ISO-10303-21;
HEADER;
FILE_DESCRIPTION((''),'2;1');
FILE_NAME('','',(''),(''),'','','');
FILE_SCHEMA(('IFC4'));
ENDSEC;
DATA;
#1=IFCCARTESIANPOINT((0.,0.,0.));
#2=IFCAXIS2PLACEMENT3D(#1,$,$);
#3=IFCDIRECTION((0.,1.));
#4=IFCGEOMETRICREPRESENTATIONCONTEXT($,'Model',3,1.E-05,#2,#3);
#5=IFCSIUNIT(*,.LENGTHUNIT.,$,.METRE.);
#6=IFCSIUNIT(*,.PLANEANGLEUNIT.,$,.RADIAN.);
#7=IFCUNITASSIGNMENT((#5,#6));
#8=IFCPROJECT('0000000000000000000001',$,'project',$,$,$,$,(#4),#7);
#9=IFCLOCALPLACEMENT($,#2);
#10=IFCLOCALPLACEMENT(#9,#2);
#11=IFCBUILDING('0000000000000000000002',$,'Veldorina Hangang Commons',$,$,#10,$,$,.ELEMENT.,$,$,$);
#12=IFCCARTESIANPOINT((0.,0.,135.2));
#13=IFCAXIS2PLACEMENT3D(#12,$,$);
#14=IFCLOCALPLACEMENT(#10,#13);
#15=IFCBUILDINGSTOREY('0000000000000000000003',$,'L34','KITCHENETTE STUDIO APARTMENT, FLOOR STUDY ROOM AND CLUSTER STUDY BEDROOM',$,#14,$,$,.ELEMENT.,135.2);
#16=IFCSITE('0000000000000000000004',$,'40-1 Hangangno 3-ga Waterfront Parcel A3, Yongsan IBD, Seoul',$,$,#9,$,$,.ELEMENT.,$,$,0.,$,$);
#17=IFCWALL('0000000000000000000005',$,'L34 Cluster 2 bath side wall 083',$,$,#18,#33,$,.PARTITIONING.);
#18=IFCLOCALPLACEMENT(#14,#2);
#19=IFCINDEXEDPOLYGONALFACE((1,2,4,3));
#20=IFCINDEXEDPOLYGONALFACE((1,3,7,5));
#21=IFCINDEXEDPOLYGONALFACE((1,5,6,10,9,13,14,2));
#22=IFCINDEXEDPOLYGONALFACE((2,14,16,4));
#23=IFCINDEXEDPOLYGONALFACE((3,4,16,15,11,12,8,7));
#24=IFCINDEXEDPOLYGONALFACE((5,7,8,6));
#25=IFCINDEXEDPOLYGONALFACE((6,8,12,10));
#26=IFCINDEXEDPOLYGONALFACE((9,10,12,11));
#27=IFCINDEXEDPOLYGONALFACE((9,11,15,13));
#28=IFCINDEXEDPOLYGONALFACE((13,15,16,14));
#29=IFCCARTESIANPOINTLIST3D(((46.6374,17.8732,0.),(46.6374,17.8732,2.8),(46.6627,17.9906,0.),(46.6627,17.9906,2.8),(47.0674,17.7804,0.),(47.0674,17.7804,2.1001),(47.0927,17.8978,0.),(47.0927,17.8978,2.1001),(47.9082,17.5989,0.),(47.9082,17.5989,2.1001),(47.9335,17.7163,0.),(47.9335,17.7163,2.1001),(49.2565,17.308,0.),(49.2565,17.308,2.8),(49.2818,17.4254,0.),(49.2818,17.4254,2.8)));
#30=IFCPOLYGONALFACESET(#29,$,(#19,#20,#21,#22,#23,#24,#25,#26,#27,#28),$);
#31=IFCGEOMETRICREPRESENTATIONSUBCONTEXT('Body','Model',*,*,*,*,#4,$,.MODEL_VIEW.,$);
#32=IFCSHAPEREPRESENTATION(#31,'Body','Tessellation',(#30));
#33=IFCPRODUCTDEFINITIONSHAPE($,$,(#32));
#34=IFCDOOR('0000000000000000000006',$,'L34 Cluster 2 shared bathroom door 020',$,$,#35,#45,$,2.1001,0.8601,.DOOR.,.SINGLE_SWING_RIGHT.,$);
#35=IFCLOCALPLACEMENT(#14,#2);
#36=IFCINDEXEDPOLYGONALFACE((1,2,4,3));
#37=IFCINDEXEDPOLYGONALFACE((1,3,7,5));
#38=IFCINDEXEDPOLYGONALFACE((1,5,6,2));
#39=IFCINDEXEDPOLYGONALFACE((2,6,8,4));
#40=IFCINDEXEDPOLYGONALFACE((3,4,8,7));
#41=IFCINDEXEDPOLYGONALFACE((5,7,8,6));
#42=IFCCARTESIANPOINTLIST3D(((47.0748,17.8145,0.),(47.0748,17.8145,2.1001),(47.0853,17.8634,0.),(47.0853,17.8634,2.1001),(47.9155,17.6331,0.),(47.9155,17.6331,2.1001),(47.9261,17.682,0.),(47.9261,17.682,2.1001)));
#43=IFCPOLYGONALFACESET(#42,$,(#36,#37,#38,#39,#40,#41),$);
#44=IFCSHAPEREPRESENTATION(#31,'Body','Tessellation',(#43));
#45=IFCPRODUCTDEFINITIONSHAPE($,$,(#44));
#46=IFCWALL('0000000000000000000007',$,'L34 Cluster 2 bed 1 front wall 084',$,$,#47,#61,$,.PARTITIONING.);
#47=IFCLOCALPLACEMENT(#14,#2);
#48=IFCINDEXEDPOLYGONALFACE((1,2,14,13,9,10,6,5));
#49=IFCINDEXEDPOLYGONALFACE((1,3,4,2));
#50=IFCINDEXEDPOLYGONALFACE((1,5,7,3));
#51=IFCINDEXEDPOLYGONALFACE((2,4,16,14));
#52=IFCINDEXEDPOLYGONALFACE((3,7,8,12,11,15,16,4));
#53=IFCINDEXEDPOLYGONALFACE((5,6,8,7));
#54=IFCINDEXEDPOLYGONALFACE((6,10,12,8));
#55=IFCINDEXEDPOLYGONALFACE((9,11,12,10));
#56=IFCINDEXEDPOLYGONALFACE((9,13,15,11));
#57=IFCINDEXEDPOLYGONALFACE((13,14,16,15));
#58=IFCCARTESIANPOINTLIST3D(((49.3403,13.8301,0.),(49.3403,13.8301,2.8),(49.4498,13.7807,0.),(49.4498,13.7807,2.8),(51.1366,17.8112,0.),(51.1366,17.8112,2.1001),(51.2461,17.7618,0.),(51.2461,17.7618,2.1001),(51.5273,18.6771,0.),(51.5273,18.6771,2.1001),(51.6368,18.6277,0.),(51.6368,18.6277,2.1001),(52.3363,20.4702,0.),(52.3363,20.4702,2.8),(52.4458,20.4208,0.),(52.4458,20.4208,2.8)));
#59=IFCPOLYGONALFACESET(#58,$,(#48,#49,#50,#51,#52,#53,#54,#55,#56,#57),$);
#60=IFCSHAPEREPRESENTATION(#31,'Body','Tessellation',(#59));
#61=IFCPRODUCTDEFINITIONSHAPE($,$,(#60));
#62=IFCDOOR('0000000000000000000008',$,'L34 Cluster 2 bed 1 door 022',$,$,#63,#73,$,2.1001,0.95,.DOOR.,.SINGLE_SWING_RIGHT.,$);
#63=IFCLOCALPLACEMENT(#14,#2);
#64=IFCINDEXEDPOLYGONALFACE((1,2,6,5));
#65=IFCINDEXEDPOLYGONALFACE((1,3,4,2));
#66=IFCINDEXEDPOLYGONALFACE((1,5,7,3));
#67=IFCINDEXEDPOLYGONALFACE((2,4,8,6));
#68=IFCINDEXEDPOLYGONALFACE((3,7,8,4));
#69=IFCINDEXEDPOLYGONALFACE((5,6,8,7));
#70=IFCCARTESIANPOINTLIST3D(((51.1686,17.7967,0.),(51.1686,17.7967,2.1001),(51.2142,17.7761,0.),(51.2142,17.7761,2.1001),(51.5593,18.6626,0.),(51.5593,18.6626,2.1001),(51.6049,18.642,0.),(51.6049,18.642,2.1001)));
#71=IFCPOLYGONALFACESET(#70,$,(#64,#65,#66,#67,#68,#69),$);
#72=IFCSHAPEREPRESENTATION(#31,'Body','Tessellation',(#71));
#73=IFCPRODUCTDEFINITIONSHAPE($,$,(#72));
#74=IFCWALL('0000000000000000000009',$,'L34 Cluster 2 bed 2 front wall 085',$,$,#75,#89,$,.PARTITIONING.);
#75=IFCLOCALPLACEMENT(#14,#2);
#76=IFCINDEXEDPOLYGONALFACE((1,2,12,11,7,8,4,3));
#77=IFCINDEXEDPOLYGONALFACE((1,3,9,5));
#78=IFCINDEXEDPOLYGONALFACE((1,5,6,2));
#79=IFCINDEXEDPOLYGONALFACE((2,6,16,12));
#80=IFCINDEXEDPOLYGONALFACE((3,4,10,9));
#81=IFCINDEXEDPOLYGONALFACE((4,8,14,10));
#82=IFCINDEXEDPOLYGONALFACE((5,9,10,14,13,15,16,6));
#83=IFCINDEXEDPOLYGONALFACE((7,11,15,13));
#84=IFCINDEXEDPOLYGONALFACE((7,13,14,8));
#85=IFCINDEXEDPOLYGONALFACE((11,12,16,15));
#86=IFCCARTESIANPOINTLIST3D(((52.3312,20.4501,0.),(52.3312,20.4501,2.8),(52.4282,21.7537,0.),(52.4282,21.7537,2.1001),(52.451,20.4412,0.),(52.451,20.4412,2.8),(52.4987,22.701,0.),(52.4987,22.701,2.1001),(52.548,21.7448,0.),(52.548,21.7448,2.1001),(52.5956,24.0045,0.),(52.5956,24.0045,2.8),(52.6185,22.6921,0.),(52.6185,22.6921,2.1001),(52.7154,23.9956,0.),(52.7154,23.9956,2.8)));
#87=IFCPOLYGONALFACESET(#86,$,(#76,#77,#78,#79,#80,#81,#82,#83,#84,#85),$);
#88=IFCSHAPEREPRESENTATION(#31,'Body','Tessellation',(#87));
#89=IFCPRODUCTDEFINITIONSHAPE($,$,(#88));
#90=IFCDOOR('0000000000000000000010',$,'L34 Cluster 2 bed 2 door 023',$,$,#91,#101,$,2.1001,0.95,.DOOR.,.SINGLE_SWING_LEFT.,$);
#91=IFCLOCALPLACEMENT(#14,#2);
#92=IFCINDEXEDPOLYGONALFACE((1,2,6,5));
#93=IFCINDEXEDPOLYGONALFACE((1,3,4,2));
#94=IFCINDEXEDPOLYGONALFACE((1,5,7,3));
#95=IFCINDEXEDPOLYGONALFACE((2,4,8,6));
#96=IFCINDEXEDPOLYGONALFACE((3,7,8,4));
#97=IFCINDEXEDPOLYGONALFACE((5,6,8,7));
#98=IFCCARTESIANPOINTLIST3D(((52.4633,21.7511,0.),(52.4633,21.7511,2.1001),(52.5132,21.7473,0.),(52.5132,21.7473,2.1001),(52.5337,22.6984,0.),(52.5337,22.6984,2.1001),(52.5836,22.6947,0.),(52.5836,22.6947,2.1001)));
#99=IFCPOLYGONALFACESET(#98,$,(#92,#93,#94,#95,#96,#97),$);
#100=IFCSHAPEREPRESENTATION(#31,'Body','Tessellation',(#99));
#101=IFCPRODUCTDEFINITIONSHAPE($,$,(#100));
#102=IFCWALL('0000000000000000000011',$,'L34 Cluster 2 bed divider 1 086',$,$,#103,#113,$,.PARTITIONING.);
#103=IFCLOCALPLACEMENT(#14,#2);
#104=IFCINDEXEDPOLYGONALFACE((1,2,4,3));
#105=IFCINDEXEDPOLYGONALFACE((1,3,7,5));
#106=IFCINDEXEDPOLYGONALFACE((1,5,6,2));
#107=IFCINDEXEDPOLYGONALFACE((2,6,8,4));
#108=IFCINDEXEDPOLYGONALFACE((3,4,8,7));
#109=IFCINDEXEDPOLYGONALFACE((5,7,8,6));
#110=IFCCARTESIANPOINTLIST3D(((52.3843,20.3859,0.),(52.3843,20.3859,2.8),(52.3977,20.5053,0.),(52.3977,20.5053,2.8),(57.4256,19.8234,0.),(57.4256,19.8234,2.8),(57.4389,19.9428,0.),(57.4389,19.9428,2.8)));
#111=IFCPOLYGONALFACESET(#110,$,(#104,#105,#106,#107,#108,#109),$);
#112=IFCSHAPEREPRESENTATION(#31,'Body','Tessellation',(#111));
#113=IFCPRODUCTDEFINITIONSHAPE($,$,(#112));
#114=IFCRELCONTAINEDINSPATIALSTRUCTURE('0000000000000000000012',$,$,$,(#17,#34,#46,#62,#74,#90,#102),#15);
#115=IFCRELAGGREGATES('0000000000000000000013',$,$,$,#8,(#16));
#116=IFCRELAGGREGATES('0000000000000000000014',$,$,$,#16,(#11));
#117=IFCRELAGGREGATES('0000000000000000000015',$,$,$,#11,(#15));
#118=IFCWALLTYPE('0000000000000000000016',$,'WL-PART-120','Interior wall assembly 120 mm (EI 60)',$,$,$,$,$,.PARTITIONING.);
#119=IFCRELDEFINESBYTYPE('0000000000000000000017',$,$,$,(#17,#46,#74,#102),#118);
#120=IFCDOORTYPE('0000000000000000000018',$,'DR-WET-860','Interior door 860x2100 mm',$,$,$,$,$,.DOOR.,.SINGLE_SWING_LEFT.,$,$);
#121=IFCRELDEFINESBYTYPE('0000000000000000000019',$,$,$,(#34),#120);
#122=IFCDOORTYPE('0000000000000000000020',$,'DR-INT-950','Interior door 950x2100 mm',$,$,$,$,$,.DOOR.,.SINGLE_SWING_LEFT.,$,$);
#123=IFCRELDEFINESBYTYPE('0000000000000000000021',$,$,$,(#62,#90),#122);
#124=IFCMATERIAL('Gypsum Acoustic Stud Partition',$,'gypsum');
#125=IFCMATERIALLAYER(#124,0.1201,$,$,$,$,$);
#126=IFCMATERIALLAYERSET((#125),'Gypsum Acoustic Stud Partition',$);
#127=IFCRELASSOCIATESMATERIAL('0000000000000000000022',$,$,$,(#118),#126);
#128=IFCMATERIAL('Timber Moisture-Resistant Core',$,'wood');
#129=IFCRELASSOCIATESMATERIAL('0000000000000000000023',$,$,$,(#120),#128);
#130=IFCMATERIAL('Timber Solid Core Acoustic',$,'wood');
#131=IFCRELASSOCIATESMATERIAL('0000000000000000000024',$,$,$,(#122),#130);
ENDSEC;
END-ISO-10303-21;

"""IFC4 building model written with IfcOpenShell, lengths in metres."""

from ifc_helpers import new_model, si_unit, direction, frame, frame_2d, origin, place, context, subcontext, project, spatial, rectangle, extrude, material, layer, layer_set, type_object, element, fill, save


model = new_model("IFC4")

# Units and contexts
model_context = context("Model", 3, precision=1e-05, world=origin(), true_north=direction((0.0, 1.0)))
body_context = subcontext(model_context, "Body", "Model", "MODEL_VIEW")
ifc_project = project(units=[si_unit("LENGTHUNIT", "METRE"), si_unit("PLANEANGLEUNIT", "RADIAN")], contexts=[model_context])

# Site, building, storey
site_placement = place(None, origin())
site = spatial("IfcSite", under=ifc_project, at=site_placement, Name="40-1 Hangangno 3-ga Waterfront Parcel A3, Yongsan IBD, Seoul", CompositionType="ELEMENT", RefElevation=0.0)
building_placement = place(site_placement, origin())
building = spatial("IfcBuilding", under=site, at=building_placement, Name="Veldorina Hangang Commons", CompositionType="ELEMENT")
storey_placement = place(building_placement, frame((0.0, 0.0, 135.2)))
storey = spatial("IfcBuildingStorey", under=building, at=storey_placement, Name="L34", Description="KITCHENETTE STUDIO APARTMENT, FLOOR STUDY ROOM AND CLUSTER STUDY BEDROOM", CompositionType="ELEMENT", Elevation=135.2)

# Shared definitions
ifc_material_1 = material(Name="Gypsum Acoustic Stud Partition", Category="gypsum")
ifc_layer_1 = layer(ifc_material_1, 0.1201)
ifc_layer_set_1 = layer_set([ifc_layer_1], Name="Gypsum Acoustic Stud Partition")
wall_type_1 = type_object("IfcWallType", Name="WL-PART-120", Description="Interior wall assembly 120 mm (EI 60)", PredefinedType="PARTITIONING", material=ifc_layer_set_1)

# Walls, openings, doors
wall_1_placement = place(storey_placement, frame((46.6499, 17.9319, 0.0), z_axis=(0.0, 0.0, 1.0), x_axis=(0.9775, -0.210935, 0.0)))
wall_1 = element("IfcWall", 1, at=wall_1_placement, inside=storey, type_object=wall_type_1, Name="L34 Cluster 2 bath side wall 083", PredefinedType="PARTITIONING", context=body_context, shape_type="SweptSolid", body=[
    extrude(rectangle(XDim=2.6794, YDim=0.1201, at=frame_2d((1.3398, 0.0))), origin(), (0.0, 0.0, 1.0), 2.8),
])
opening_1_placement = place(wall_1_placement, frame((0.4399, 0.0, 0.0)))
opening_1 = element("IfcOpeningElement", 2, at=opening_1_placement, cuts=wall_1, PredefinedType="OPENING", context=body_context, shape_type="SweptSolid", body=[
    extrude(rectangle(XDim=0.8601, YDim=2.1001, at=frame_2d((0.4302, 1.05))), frame((0.0, 0.0701, 0.0), z_axis=(0.0, -1.0, 0.0), x_axis=(1.0, 0.0, 0.0)), (0.0, 0.0, 1.0), 0.1401),
])
ifc_material_2 = material(Name="Timber Moisture-Resistant Core", Category="wood")
door_type_1 = type_object("IfcDoorType", Name="DR-WET-860", Description="Interior door 860x2100 mm", OperationType="SINGLE_SWING_LEFT", PredefinedType="DOOR", material=ifc_material_2)
door_1_placement = place(opening_1_placement, origin())
door_1 = element("IfcDoor", 3, at=door_1_placement, inside=storey, type_object=door_type_1, Name="L34 Cluster 2 shared bathroom door 020", OperationType="SINGLE_SWING_RIGHT", OverallHeight=2.1001, OverallWidth=0.8601, PredefinedType="DOOR", context=body_context, shape_type="SweptSolid", body=[
    extrude(rectangle(XDim=0.8601, YDim=2.1001, at=frame_2d((0.4302, 1.05))), frame((0.0, 0.0249, 0.0), z_axis=(0.0, -1.0, 0.0), x_axis=(1.0, 0.0, 0.0)), (0.0, 0.0, 1.0), 0.05),
])
fill(opening_1, door_1)
wall_2_placement = place(storey_placement, frame((49.395, 13.8054, 0.0), z_axis=(0.0, 0.0, 1.0), x_axis=(0.411281, 0.911508, 0.0)))
wall_2 = element("IfcWall", 4, at=wall_2_placement, inside=storey, type_object=wall_type_1, Name="L34 Cluster 2 bed 1 front wall 084", PredefinedType="PARTITIONING", context=body_context, shape_type="SweptSolid", body=[
    extrude(rectangle(XDim=7.2847, YDim=0.1201, at=frame_2d((3.6423, 0.0))), origin(), (0.0, 0.0, 1.0), 2.8),
])
opening_2_placement = place(wall_2_placement, frame((4.3674, 0.0, 0.0)))
opening_2 = element("IfcOpeningElement", 5, at=opening_2_placement, cuts=wall_2, PredefinedType="OPENING", context=body_context, shape_type="SweptSolid", body=[
    extrude(rectangle(XDim=0.95, YDim=2.1001, at=frame_2d((0.4751, 1.05))), frame((0.0, 0.0701, 0.0), z_axis=(0.0, -1.0, 0.0), x_axis=(1.0, 0.0, 0.0)), (0.0, 0.0, 1.0), 0.1401),
])
ifc_material_3 = material(Name="Timber Solid Core Acoustic", Category="wood")
door_type_2 = type_object("IfcDoorType", Name="DR-INT-950", Description="Interior door 950x2100 mm", OperationType="SINGLE_SWING_LEFT", PredefinedType="DOOR", material=ifc_material_3)
door_2_placement = place(opening_2_placement, origin())
door_2 = element("IfcDoor", 6, at=door_2_placement, inside=storey, type_object=door_type_2, Name="L34 Cluster 2 bed 1 door 022", OperationType="SINGLE_SWING_RIGHT", OverallHeight=2.1001, OverallWidth=0.95, PredefinedType="DOOR", context=body_context, shape_type="SweptSolid", body=[
    extrude(rectangle(XDim=0.95, YDim=2.1001, at=frame_2d((0.4751, 1.05))), frame((0.0, 0.0249, 0.0), z_axis=(0.0, -1.0, 0.0), x_axis=(1.0, 0.0, 0.0)), (0.0, 0.0, 1.0), 0.05),
])
fill(opening_2, door_2)
wall_3_placement = place(storey_placement, frame((52.3911, 20.4456, 0.0), z_axis=(0.0, 0.0, 1.0), x_axis=(0.074182, 0.997245, 0.0)))
wall_3 = element("IfcWall", 7, at=wall_3_placement, inside=storey, type_object=wall_type_1, Name="L34 Cluster 2 bed 2 front wall 085", PredefinedType="PARTITIONING", context=body_context, shape_type="SweptSolid", body=[
    extrude(rectangle(XDim=3.5642, YDim=0.1201, at=frame_2d((1.7822, 0.0))), origin(), (0.0, 0.0, 1.0), 2.8),
])
opening_3_placement = place(wall_3_placement, frame((1.3071, 0.0, 0.0)))
opening_3 = element("IfcOpeningElement", 8, at=opening_3_placement, cuts=wall_3, PredefinedType="OPENING", context=body_context, shape_type="SweptSolid", body=[
    extrude(rectangle(XDim=0.95, YDim=2.1001, at=frame_2d((0.4751, 1.05))), frame((0.0, 0.0701, 0.0), z_axis=(0.0, -1.0, 0.0), x_axis=(1.0, 0.0, 0.0)), (0.0, 0.0, 1.0), 0.1401),
])
door_3_placement = place(opening_3_placement, origin())
door_3 = element("IfcDoor", 9, at=door_3_placement, inside=storey, type_object=door_type_2, Name="L34 Cluster 2 bed 2 door 023", OperationType="SINGLE_SWING_LEFT", OverallHeight=2.1001, OverallWidth=0.95, PredefinedType="DOOR", context=body_context, shape_type="SweptSolid", body=[
    extrude(rectangle(XDim=0.95, YDim=2.1001, at=frame_2d((0.4751, 1.05))), frame((0.0, 0.0249, 0.0), z_axis=(0.0, -1.0, 0.0), x_axis=(1.0, 0.0, 0.0)), (0.0, 0.0, 1.0), 0.05),
])
fill(opening_3, door_3)

# Wall
wall_4_placement = place(storey_placement, frame((52.3911, 20.4456, 0.0), z_axis=(0.0, 0.0, 1.0), x_axis=(0.993833, -0.110891, 0.0)))
element("IfcWall", 10, at=wall_4_placement, inside=storey, type_object=wall_type_1, Name="L34 Cluster 2 bed divider 1 086", PredefinedType="PARTITIONING", context=body_context, shape_type="SweptSolid", body=[
    extrude(rectangle(XDim=5.0725, YDim=0.1201, at=frame_2d((2.5361, 0.0))), origin(), (0.0, 0.0, 1.0), 2.8),
])

save(model, "model.ifc")
